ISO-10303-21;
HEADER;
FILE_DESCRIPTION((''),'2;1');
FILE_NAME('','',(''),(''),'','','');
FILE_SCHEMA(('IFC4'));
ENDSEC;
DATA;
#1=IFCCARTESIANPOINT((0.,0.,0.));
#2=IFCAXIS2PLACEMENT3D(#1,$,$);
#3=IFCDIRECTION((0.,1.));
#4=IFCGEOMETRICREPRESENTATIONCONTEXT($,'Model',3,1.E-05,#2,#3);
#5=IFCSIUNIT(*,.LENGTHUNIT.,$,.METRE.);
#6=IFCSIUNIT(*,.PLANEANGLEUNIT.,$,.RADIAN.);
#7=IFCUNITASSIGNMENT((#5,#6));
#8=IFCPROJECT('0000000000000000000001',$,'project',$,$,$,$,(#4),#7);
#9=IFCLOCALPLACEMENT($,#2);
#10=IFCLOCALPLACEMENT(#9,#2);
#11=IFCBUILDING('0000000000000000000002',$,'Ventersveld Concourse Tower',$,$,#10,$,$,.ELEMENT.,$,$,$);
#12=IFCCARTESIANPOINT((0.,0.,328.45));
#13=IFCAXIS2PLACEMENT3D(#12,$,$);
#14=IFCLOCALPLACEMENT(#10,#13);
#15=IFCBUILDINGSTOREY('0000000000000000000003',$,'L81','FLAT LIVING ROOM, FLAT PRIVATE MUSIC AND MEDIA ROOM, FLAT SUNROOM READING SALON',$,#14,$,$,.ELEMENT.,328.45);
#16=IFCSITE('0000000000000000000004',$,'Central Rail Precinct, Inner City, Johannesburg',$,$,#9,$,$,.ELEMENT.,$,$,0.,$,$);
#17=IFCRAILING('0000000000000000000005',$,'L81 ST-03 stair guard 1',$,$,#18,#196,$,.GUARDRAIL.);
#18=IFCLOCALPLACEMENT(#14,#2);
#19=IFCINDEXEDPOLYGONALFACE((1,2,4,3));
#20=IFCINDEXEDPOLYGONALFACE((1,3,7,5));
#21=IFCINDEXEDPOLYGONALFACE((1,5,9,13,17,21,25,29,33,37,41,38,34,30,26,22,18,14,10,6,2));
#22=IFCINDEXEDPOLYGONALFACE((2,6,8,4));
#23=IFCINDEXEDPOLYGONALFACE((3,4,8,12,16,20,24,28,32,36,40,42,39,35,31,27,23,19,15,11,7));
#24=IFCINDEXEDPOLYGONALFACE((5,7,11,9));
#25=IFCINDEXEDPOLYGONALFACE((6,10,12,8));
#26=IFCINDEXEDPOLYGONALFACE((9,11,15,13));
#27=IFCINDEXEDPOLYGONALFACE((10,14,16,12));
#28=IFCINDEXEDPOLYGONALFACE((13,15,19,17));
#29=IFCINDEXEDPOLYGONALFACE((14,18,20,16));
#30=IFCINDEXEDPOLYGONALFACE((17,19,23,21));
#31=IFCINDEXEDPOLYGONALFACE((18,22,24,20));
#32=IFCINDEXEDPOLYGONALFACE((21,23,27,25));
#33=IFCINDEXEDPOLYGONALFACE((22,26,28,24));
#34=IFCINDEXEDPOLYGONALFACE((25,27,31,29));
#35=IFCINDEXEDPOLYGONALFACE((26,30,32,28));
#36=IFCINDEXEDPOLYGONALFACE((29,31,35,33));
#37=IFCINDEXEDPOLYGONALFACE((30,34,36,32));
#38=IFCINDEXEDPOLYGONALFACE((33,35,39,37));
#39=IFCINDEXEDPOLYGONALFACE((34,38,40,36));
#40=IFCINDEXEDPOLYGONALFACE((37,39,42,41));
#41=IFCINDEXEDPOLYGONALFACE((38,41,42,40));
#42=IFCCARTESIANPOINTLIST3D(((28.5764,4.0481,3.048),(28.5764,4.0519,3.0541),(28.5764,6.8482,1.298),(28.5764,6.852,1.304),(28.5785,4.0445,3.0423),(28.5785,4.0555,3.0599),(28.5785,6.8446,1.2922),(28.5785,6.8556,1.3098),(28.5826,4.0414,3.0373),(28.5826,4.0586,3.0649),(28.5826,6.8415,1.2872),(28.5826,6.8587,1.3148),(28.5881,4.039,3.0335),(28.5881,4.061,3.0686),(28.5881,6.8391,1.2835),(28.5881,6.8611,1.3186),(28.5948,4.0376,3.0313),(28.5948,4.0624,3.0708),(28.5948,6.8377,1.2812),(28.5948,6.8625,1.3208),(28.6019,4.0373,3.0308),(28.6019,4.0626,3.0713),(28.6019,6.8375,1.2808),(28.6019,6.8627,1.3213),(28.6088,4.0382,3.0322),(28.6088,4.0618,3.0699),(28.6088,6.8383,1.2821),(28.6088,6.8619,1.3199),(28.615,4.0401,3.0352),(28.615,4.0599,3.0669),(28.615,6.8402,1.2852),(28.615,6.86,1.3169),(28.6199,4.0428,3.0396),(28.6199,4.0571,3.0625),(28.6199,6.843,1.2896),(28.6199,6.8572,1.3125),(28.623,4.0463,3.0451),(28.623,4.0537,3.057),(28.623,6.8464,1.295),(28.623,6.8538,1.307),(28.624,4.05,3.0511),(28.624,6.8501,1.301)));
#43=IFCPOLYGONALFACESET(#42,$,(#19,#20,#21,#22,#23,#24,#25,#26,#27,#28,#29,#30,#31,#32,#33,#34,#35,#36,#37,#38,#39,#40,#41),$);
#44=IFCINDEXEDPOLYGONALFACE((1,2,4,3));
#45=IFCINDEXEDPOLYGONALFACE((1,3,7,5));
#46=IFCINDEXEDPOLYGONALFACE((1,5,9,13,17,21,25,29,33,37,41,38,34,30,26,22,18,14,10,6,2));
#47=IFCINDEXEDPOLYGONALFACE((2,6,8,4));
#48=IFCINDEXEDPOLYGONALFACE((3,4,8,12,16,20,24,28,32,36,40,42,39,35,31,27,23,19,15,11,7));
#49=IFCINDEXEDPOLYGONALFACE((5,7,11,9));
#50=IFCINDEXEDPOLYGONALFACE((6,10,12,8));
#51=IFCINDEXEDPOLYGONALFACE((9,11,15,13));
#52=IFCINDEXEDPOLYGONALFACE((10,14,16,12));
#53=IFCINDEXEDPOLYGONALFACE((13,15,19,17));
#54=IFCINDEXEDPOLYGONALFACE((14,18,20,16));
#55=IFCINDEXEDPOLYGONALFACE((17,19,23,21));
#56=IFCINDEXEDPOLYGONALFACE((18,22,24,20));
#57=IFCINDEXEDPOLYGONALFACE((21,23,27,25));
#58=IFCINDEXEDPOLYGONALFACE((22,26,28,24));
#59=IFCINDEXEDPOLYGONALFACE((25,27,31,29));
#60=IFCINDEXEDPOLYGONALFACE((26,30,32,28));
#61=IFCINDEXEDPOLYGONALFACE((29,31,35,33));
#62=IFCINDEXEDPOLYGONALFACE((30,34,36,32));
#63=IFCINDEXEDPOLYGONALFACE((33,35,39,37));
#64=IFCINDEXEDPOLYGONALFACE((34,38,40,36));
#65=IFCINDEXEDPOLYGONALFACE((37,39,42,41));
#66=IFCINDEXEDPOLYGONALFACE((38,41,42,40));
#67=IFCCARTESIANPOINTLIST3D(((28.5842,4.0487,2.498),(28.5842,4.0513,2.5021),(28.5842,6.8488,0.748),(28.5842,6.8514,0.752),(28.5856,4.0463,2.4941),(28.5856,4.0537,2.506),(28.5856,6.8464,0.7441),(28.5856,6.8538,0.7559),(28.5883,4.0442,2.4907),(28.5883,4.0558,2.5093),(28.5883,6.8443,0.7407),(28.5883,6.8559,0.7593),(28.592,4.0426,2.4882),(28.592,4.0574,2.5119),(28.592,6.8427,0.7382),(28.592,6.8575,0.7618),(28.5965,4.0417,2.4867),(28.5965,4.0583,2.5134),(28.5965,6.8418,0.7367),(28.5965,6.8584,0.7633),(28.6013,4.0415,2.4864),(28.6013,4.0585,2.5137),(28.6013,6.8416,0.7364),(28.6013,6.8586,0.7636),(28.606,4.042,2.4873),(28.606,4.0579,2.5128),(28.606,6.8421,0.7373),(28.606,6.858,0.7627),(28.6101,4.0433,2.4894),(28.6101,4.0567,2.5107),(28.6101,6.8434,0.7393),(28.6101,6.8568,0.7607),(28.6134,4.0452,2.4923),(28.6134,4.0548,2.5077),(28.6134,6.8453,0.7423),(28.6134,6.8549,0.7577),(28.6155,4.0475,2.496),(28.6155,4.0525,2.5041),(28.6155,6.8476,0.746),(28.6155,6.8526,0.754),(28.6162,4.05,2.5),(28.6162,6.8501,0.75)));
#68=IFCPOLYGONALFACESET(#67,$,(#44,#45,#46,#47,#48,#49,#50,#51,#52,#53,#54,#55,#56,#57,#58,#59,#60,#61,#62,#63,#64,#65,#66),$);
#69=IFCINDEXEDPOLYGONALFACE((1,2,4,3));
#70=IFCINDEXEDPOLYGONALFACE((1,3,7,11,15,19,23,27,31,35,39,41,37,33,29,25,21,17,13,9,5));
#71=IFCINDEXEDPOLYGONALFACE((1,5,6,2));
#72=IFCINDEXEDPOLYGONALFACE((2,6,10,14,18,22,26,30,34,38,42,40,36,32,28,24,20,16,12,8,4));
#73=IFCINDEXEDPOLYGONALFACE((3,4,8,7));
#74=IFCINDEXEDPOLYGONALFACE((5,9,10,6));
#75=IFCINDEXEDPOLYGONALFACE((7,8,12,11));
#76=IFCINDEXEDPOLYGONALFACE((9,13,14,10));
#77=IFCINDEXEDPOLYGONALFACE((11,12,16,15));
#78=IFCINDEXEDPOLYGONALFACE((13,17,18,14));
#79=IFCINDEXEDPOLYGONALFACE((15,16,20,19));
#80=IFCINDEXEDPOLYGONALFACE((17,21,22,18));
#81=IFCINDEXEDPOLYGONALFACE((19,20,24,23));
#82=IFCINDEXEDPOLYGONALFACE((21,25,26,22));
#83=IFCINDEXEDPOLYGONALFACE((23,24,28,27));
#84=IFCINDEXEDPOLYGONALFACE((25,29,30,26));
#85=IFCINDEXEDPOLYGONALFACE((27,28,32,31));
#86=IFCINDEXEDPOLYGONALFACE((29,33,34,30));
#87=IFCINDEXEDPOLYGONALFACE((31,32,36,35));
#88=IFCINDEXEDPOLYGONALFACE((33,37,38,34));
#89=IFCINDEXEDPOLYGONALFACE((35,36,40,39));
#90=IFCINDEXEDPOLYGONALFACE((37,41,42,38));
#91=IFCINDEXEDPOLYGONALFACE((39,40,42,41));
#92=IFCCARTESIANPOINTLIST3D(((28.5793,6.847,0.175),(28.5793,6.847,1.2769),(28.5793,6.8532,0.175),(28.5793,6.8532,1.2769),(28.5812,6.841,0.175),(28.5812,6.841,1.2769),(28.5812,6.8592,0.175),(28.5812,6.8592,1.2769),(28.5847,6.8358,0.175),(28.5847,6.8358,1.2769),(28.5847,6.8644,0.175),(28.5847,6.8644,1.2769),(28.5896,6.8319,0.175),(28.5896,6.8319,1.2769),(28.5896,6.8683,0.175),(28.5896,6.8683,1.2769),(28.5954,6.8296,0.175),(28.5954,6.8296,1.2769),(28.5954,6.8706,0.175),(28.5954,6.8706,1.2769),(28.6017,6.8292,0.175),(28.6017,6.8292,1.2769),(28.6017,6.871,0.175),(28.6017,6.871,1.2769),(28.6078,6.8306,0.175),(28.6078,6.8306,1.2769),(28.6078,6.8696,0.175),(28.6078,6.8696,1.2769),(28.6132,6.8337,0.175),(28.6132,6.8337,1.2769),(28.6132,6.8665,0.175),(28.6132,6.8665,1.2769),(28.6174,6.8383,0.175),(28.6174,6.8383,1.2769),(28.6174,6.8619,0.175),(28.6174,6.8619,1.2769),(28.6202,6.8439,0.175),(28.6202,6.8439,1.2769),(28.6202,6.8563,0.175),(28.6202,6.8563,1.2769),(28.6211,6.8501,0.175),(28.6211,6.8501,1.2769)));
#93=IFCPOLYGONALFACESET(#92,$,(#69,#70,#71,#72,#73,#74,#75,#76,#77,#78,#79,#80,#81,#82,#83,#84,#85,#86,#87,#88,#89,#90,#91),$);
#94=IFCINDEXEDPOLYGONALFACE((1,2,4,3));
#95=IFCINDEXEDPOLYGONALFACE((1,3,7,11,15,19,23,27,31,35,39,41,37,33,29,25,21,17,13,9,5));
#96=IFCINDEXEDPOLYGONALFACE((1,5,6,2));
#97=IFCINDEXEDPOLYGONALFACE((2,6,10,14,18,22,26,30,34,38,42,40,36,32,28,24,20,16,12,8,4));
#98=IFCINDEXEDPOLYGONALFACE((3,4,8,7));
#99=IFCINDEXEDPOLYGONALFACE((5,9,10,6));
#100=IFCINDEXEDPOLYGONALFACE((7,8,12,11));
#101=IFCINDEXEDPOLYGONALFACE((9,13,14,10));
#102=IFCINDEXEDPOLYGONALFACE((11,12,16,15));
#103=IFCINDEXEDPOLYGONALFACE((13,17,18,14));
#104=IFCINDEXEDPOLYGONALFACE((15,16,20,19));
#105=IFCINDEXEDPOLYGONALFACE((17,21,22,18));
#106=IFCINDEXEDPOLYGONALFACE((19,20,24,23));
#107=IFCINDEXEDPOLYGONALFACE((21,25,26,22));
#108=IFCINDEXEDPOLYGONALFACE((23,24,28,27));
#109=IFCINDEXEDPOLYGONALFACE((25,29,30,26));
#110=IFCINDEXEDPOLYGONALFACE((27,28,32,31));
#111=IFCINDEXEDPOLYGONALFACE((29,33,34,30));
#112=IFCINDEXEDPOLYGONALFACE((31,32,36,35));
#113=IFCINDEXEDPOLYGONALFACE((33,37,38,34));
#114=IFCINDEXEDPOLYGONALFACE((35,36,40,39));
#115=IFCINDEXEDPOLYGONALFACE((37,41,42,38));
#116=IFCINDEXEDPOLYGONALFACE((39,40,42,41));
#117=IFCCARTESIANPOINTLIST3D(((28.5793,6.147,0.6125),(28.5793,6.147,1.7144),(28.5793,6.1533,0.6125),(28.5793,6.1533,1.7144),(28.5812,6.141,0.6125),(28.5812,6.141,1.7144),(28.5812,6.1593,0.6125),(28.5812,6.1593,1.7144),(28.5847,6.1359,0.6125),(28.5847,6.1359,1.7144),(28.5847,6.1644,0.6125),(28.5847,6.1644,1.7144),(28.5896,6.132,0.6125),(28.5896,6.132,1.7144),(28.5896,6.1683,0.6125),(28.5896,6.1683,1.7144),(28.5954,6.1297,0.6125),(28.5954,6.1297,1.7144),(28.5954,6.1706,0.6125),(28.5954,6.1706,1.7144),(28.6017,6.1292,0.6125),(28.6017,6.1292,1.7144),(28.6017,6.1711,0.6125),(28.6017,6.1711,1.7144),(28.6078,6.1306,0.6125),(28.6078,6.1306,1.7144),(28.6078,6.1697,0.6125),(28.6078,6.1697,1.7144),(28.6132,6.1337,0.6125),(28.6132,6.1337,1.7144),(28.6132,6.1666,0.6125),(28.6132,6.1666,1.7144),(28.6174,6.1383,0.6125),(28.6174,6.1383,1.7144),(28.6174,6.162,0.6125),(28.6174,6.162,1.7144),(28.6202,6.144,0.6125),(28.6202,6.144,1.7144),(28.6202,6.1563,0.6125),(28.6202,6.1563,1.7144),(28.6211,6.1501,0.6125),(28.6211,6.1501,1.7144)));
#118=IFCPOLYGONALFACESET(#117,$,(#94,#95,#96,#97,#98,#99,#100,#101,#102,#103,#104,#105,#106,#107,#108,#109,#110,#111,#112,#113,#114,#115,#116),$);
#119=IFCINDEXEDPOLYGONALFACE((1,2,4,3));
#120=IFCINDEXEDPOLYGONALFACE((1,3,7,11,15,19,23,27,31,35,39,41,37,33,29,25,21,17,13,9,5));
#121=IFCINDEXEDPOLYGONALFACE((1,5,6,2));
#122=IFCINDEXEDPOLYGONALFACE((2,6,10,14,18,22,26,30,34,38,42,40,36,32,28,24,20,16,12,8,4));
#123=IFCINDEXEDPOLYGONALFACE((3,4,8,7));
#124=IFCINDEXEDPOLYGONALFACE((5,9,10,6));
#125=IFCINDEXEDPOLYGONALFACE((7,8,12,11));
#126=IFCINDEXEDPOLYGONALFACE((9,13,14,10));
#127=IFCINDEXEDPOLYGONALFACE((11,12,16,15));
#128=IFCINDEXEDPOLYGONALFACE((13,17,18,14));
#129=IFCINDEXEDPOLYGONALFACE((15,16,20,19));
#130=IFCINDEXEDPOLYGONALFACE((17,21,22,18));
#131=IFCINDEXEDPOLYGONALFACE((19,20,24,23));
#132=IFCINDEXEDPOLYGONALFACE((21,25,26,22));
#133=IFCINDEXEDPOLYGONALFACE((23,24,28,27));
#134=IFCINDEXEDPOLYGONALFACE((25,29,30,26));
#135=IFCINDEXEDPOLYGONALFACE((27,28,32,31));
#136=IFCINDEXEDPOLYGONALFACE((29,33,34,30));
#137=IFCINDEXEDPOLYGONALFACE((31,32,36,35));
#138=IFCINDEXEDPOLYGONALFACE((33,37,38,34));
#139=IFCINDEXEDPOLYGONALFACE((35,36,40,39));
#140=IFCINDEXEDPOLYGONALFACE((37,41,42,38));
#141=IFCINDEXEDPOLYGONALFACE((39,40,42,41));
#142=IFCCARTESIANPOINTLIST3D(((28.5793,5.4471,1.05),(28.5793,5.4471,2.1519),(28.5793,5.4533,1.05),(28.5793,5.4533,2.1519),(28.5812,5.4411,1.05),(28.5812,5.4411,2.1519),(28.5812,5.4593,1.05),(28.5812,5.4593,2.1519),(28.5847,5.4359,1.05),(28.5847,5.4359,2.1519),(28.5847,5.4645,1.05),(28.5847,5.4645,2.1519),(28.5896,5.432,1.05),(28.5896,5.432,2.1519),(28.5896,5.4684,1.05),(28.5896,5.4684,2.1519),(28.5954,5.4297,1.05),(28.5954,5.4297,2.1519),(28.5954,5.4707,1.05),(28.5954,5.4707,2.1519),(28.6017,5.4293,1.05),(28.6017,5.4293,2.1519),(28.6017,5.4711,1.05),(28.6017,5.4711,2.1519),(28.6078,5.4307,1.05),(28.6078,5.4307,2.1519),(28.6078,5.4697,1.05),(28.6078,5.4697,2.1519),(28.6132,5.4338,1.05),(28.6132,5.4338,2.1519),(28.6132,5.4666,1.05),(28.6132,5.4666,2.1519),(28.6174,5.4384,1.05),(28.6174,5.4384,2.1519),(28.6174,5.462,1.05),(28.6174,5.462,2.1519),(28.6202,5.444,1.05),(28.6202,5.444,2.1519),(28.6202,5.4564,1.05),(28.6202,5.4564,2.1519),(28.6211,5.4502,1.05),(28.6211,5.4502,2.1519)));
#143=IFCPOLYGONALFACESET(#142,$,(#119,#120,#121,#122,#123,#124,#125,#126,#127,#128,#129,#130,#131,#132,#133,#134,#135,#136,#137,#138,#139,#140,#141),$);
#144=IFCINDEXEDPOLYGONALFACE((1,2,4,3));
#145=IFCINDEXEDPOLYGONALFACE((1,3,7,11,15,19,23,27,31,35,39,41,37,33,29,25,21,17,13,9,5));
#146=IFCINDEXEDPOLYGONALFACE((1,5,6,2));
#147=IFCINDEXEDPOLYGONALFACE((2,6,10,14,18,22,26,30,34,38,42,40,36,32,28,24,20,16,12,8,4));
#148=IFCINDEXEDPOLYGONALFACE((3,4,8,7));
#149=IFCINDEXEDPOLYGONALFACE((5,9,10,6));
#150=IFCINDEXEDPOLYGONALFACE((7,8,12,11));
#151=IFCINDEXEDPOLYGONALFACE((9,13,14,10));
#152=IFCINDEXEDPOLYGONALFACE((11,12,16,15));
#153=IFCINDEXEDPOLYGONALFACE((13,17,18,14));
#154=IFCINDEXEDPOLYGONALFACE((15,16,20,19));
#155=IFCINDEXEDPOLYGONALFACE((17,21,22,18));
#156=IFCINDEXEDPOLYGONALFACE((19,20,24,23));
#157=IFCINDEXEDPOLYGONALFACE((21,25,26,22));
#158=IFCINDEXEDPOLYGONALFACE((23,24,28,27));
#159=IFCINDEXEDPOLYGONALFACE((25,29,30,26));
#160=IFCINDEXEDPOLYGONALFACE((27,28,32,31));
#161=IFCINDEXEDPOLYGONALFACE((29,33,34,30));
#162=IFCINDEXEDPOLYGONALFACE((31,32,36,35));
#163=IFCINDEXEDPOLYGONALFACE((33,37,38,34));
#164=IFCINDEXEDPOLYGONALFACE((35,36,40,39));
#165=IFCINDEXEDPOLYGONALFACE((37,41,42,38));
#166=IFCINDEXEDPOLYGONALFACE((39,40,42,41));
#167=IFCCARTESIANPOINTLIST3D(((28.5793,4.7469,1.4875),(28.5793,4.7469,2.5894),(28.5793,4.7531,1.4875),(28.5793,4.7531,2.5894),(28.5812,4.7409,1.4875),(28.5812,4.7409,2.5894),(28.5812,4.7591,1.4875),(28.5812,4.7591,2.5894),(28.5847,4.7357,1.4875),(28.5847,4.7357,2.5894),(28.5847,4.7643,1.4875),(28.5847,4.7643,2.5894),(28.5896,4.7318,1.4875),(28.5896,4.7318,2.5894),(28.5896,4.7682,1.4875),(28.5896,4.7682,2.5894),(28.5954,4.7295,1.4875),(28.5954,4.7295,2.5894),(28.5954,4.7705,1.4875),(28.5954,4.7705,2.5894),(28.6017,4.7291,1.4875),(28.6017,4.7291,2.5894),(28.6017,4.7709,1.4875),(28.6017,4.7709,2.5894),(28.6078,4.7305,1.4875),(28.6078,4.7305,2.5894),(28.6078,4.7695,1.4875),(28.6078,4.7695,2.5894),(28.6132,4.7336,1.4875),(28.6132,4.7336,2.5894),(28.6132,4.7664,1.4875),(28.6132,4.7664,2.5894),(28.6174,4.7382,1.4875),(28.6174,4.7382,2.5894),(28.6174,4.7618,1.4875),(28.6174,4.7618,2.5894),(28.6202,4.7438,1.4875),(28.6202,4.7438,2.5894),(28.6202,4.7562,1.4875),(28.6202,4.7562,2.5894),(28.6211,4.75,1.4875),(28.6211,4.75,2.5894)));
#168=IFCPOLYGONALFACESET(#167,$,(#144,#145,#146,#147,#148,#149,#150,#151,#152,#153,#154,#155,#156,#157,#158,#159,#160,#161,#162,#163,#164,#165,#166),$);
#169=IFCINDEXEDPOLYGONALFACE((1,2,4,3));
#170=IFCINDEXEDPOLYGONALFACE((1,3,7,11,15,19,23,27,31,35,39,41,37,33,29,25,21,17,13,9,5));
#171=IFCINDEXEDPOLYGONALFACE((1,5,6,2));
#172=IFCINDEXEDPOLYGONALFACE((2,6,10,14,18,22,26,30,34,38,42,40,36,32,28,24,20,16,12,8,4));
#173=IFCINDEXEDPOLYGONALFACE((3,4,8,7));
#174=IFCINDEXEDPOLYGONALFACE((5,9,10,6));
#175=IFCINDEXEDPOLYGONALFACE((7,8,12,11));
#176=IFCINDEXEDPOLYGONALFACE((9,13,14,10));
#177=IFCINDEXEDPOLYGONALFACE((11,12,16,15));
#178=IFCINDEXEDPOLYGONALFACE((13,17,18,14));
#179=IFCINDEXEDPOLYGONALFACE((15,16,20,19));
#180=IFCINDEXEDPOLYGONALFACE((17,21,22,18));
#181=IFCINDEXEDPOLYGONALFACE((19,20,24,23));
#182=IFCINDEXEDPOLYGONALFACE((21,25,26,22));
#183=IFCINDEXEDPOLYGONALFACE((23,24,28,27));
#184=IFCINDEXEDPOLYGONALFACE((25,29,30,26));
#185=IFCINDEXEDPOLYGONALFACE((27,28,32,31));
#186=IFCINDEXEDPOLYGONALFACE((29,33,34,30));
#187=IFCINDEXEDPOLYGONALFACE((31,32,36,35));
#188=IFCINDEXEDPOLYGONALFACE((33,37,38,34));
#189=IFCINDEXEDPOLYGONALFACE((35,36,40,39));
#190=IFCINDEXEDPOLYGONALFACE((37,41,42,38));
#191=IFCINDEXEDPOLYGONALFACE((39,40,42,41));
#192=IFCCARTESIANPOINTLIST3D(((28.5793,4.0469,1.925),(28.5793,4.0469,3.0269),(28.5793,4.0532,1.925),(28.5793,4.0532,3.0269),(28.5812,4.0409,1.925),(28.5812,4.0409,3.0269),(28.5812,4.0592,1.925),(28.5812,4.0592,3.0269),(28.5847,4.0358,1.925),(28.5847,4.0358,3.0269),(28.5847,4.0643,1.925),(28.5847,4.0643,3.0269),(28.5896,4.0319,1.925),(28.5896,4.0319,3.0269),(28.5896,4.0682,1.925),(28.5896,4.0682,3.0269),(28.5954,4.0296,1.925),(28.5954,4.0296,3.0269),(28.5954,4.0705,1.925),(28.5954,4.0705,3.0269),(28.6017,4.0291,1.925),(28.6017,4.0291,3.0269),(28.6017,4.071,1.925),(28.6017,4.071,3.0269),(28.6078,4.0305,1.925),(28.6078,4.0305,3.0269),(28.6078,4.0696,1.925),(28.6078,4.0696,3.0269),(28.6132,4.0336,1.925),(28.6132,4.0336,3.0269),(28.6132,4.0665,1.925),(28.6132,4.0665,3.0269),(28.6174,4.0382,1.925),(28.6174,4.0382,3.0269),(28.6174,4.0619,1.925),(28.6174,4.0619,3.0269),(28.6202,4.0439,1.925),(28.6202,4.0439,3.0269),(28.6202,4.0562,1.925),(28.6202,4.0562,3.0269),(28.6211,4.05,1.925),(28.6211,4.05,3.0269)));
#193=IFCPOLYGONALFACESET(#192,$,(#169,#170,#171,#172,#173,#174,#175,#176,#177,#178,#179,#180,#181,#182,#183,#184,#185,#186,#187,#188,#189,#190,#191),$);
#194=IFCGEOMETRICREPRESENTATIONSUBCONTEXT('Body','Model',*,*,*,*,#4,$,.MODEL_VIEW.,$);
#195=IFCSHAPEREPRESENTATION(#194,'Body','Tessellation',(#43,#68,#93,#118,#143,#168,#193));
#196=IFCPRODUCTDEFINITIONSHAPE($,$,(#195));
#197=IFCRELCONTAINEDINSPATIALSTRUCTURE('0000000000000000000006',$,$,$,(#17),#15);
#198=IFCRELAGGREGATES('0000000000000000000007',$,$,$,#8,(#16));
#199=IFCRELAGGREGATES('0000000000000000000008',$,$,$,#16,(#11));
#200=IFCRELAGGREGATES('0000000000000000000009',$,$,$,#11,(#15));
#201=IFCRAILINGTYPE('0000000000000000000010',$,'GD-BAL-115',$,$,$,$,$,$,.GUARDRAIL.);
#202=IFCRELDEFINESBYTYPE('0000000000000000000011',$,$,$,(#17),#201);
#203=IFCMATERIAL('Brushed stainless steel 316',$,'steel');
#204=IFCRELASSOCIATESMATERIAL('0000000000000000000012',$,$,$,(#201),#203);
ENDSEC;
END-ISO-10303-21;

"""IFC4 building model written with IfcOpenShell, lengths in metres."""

from ifc_helpers import new_model, si_unit, direction, frame, origin, origin_2d, place, context, subcontext, project, spatial, circle, extrude, material, type_object, element, save


model = new_model("IFC4")

# Units and contexts
model_context = context("Model", 3, precision=1e-05, world=origin(), true_north=direction((0.0, 1.0)))
body_context = subcontext(model_context, "Body", "Model", "MODEL_VIEW")
ifc_project = project(units=[si_unit("LENGTHUNIT", "METRE"), si_unit("PLANEANGLEUNIT", "RADIAN")], contexts=[model_context])

# Site, building, storey
site_placement = place(None, origin())
site = spatial("IfcSite", under=ifc_project, at=site_placement, Name="Central Rail Precinct, Inner City, Johannesburg", CompositionType="ELEMENT", RefElevation=0.0)
building_placement = place(site_placement, origin())
building = spatial("IfcBuilding", under=site, at=building_placement, Name="Ventersveld Concourse Tower", CompositionType="ELEMENT")
storey_placement = place(building_placement, frame((0.0, 0.0, 328.45)))
storey = spatial("IfcBuildingStorey", under=building, at=storey_placement, Name="L81", Description="FLAT LIVING ROOM, FLAT PRIVATE MUSIC AND MEDIA ROOM, FLAT SUNROOM READING SALON", CompositionType="ELEMENT", Elevation=328.45)

# Shared definitions
ifc_material_1 = material(Name="Brushed stainless steel 316", Category="steel")

# Railing
railing_type_1 = type_object("IfcRailingType", Name="GD-BAL-115", PredefinedType="GUARDRAIL", material=ifc_material_1)
railing_1_placement = place(storey_placement, frame((28.6001, 6.8501, 0.175)))
element("IfcRailing", 1, at=railing_1_placement, inside=storey, type_object=railing_type_1, Name="L81 ST-03 stair guard 1", PredefinedType="GUARDRAIL", context=body_context, shape_type="SweptSolid", body=[
    extrude(circle(Radius=0.0239, at=origin_2d()), frame((0.0, 0.0, 1.126), z_axis=(0.0, -0.848002, 0.529992), x_axis=(1.0, 0.0, 0.0)), (0.0, 0.0, 1.0), 3.302),
    extrude(circle(Radius=0.0161, at=origin_2d()), frame((0.0, 0.0, 0.575), z_axis=(0.0, -0.848002, 0.529992), x_axis=(1.0, 0.0, 0.0)), (0.0, 0.0, 1.0), 3.302),
    extrude(circle(Radius=0.021, at=origin_2d()), origin(), (0.0, 0.0, 1.0), 1.1018),
    extrude(circle(Radius=0.021, at=origin_2d()), frame((0.0, -0.7, 0.4375)), (0.0, 0.0, 1.0), 1.1018),
    extrude(circle(Radius=0.021, at=origin_2d()), frame((0.0, -1.3999, 0.875)), (0.0, 0.0, 1.0), 1.1018),
    extrude(circle(Radius=0.021, at=origin_2d()), frame((0.0, -2.1001, 1.3125)), (0.0, 0.0, 1.0), 1.1018),
    extrude(circle(Radius=0.021, at=origin_2d()), frame((0.0, -2.8, 1.75)), (0.0, 0.0, 1.0), 1.1018),
])

save(model, "model.ifc")
